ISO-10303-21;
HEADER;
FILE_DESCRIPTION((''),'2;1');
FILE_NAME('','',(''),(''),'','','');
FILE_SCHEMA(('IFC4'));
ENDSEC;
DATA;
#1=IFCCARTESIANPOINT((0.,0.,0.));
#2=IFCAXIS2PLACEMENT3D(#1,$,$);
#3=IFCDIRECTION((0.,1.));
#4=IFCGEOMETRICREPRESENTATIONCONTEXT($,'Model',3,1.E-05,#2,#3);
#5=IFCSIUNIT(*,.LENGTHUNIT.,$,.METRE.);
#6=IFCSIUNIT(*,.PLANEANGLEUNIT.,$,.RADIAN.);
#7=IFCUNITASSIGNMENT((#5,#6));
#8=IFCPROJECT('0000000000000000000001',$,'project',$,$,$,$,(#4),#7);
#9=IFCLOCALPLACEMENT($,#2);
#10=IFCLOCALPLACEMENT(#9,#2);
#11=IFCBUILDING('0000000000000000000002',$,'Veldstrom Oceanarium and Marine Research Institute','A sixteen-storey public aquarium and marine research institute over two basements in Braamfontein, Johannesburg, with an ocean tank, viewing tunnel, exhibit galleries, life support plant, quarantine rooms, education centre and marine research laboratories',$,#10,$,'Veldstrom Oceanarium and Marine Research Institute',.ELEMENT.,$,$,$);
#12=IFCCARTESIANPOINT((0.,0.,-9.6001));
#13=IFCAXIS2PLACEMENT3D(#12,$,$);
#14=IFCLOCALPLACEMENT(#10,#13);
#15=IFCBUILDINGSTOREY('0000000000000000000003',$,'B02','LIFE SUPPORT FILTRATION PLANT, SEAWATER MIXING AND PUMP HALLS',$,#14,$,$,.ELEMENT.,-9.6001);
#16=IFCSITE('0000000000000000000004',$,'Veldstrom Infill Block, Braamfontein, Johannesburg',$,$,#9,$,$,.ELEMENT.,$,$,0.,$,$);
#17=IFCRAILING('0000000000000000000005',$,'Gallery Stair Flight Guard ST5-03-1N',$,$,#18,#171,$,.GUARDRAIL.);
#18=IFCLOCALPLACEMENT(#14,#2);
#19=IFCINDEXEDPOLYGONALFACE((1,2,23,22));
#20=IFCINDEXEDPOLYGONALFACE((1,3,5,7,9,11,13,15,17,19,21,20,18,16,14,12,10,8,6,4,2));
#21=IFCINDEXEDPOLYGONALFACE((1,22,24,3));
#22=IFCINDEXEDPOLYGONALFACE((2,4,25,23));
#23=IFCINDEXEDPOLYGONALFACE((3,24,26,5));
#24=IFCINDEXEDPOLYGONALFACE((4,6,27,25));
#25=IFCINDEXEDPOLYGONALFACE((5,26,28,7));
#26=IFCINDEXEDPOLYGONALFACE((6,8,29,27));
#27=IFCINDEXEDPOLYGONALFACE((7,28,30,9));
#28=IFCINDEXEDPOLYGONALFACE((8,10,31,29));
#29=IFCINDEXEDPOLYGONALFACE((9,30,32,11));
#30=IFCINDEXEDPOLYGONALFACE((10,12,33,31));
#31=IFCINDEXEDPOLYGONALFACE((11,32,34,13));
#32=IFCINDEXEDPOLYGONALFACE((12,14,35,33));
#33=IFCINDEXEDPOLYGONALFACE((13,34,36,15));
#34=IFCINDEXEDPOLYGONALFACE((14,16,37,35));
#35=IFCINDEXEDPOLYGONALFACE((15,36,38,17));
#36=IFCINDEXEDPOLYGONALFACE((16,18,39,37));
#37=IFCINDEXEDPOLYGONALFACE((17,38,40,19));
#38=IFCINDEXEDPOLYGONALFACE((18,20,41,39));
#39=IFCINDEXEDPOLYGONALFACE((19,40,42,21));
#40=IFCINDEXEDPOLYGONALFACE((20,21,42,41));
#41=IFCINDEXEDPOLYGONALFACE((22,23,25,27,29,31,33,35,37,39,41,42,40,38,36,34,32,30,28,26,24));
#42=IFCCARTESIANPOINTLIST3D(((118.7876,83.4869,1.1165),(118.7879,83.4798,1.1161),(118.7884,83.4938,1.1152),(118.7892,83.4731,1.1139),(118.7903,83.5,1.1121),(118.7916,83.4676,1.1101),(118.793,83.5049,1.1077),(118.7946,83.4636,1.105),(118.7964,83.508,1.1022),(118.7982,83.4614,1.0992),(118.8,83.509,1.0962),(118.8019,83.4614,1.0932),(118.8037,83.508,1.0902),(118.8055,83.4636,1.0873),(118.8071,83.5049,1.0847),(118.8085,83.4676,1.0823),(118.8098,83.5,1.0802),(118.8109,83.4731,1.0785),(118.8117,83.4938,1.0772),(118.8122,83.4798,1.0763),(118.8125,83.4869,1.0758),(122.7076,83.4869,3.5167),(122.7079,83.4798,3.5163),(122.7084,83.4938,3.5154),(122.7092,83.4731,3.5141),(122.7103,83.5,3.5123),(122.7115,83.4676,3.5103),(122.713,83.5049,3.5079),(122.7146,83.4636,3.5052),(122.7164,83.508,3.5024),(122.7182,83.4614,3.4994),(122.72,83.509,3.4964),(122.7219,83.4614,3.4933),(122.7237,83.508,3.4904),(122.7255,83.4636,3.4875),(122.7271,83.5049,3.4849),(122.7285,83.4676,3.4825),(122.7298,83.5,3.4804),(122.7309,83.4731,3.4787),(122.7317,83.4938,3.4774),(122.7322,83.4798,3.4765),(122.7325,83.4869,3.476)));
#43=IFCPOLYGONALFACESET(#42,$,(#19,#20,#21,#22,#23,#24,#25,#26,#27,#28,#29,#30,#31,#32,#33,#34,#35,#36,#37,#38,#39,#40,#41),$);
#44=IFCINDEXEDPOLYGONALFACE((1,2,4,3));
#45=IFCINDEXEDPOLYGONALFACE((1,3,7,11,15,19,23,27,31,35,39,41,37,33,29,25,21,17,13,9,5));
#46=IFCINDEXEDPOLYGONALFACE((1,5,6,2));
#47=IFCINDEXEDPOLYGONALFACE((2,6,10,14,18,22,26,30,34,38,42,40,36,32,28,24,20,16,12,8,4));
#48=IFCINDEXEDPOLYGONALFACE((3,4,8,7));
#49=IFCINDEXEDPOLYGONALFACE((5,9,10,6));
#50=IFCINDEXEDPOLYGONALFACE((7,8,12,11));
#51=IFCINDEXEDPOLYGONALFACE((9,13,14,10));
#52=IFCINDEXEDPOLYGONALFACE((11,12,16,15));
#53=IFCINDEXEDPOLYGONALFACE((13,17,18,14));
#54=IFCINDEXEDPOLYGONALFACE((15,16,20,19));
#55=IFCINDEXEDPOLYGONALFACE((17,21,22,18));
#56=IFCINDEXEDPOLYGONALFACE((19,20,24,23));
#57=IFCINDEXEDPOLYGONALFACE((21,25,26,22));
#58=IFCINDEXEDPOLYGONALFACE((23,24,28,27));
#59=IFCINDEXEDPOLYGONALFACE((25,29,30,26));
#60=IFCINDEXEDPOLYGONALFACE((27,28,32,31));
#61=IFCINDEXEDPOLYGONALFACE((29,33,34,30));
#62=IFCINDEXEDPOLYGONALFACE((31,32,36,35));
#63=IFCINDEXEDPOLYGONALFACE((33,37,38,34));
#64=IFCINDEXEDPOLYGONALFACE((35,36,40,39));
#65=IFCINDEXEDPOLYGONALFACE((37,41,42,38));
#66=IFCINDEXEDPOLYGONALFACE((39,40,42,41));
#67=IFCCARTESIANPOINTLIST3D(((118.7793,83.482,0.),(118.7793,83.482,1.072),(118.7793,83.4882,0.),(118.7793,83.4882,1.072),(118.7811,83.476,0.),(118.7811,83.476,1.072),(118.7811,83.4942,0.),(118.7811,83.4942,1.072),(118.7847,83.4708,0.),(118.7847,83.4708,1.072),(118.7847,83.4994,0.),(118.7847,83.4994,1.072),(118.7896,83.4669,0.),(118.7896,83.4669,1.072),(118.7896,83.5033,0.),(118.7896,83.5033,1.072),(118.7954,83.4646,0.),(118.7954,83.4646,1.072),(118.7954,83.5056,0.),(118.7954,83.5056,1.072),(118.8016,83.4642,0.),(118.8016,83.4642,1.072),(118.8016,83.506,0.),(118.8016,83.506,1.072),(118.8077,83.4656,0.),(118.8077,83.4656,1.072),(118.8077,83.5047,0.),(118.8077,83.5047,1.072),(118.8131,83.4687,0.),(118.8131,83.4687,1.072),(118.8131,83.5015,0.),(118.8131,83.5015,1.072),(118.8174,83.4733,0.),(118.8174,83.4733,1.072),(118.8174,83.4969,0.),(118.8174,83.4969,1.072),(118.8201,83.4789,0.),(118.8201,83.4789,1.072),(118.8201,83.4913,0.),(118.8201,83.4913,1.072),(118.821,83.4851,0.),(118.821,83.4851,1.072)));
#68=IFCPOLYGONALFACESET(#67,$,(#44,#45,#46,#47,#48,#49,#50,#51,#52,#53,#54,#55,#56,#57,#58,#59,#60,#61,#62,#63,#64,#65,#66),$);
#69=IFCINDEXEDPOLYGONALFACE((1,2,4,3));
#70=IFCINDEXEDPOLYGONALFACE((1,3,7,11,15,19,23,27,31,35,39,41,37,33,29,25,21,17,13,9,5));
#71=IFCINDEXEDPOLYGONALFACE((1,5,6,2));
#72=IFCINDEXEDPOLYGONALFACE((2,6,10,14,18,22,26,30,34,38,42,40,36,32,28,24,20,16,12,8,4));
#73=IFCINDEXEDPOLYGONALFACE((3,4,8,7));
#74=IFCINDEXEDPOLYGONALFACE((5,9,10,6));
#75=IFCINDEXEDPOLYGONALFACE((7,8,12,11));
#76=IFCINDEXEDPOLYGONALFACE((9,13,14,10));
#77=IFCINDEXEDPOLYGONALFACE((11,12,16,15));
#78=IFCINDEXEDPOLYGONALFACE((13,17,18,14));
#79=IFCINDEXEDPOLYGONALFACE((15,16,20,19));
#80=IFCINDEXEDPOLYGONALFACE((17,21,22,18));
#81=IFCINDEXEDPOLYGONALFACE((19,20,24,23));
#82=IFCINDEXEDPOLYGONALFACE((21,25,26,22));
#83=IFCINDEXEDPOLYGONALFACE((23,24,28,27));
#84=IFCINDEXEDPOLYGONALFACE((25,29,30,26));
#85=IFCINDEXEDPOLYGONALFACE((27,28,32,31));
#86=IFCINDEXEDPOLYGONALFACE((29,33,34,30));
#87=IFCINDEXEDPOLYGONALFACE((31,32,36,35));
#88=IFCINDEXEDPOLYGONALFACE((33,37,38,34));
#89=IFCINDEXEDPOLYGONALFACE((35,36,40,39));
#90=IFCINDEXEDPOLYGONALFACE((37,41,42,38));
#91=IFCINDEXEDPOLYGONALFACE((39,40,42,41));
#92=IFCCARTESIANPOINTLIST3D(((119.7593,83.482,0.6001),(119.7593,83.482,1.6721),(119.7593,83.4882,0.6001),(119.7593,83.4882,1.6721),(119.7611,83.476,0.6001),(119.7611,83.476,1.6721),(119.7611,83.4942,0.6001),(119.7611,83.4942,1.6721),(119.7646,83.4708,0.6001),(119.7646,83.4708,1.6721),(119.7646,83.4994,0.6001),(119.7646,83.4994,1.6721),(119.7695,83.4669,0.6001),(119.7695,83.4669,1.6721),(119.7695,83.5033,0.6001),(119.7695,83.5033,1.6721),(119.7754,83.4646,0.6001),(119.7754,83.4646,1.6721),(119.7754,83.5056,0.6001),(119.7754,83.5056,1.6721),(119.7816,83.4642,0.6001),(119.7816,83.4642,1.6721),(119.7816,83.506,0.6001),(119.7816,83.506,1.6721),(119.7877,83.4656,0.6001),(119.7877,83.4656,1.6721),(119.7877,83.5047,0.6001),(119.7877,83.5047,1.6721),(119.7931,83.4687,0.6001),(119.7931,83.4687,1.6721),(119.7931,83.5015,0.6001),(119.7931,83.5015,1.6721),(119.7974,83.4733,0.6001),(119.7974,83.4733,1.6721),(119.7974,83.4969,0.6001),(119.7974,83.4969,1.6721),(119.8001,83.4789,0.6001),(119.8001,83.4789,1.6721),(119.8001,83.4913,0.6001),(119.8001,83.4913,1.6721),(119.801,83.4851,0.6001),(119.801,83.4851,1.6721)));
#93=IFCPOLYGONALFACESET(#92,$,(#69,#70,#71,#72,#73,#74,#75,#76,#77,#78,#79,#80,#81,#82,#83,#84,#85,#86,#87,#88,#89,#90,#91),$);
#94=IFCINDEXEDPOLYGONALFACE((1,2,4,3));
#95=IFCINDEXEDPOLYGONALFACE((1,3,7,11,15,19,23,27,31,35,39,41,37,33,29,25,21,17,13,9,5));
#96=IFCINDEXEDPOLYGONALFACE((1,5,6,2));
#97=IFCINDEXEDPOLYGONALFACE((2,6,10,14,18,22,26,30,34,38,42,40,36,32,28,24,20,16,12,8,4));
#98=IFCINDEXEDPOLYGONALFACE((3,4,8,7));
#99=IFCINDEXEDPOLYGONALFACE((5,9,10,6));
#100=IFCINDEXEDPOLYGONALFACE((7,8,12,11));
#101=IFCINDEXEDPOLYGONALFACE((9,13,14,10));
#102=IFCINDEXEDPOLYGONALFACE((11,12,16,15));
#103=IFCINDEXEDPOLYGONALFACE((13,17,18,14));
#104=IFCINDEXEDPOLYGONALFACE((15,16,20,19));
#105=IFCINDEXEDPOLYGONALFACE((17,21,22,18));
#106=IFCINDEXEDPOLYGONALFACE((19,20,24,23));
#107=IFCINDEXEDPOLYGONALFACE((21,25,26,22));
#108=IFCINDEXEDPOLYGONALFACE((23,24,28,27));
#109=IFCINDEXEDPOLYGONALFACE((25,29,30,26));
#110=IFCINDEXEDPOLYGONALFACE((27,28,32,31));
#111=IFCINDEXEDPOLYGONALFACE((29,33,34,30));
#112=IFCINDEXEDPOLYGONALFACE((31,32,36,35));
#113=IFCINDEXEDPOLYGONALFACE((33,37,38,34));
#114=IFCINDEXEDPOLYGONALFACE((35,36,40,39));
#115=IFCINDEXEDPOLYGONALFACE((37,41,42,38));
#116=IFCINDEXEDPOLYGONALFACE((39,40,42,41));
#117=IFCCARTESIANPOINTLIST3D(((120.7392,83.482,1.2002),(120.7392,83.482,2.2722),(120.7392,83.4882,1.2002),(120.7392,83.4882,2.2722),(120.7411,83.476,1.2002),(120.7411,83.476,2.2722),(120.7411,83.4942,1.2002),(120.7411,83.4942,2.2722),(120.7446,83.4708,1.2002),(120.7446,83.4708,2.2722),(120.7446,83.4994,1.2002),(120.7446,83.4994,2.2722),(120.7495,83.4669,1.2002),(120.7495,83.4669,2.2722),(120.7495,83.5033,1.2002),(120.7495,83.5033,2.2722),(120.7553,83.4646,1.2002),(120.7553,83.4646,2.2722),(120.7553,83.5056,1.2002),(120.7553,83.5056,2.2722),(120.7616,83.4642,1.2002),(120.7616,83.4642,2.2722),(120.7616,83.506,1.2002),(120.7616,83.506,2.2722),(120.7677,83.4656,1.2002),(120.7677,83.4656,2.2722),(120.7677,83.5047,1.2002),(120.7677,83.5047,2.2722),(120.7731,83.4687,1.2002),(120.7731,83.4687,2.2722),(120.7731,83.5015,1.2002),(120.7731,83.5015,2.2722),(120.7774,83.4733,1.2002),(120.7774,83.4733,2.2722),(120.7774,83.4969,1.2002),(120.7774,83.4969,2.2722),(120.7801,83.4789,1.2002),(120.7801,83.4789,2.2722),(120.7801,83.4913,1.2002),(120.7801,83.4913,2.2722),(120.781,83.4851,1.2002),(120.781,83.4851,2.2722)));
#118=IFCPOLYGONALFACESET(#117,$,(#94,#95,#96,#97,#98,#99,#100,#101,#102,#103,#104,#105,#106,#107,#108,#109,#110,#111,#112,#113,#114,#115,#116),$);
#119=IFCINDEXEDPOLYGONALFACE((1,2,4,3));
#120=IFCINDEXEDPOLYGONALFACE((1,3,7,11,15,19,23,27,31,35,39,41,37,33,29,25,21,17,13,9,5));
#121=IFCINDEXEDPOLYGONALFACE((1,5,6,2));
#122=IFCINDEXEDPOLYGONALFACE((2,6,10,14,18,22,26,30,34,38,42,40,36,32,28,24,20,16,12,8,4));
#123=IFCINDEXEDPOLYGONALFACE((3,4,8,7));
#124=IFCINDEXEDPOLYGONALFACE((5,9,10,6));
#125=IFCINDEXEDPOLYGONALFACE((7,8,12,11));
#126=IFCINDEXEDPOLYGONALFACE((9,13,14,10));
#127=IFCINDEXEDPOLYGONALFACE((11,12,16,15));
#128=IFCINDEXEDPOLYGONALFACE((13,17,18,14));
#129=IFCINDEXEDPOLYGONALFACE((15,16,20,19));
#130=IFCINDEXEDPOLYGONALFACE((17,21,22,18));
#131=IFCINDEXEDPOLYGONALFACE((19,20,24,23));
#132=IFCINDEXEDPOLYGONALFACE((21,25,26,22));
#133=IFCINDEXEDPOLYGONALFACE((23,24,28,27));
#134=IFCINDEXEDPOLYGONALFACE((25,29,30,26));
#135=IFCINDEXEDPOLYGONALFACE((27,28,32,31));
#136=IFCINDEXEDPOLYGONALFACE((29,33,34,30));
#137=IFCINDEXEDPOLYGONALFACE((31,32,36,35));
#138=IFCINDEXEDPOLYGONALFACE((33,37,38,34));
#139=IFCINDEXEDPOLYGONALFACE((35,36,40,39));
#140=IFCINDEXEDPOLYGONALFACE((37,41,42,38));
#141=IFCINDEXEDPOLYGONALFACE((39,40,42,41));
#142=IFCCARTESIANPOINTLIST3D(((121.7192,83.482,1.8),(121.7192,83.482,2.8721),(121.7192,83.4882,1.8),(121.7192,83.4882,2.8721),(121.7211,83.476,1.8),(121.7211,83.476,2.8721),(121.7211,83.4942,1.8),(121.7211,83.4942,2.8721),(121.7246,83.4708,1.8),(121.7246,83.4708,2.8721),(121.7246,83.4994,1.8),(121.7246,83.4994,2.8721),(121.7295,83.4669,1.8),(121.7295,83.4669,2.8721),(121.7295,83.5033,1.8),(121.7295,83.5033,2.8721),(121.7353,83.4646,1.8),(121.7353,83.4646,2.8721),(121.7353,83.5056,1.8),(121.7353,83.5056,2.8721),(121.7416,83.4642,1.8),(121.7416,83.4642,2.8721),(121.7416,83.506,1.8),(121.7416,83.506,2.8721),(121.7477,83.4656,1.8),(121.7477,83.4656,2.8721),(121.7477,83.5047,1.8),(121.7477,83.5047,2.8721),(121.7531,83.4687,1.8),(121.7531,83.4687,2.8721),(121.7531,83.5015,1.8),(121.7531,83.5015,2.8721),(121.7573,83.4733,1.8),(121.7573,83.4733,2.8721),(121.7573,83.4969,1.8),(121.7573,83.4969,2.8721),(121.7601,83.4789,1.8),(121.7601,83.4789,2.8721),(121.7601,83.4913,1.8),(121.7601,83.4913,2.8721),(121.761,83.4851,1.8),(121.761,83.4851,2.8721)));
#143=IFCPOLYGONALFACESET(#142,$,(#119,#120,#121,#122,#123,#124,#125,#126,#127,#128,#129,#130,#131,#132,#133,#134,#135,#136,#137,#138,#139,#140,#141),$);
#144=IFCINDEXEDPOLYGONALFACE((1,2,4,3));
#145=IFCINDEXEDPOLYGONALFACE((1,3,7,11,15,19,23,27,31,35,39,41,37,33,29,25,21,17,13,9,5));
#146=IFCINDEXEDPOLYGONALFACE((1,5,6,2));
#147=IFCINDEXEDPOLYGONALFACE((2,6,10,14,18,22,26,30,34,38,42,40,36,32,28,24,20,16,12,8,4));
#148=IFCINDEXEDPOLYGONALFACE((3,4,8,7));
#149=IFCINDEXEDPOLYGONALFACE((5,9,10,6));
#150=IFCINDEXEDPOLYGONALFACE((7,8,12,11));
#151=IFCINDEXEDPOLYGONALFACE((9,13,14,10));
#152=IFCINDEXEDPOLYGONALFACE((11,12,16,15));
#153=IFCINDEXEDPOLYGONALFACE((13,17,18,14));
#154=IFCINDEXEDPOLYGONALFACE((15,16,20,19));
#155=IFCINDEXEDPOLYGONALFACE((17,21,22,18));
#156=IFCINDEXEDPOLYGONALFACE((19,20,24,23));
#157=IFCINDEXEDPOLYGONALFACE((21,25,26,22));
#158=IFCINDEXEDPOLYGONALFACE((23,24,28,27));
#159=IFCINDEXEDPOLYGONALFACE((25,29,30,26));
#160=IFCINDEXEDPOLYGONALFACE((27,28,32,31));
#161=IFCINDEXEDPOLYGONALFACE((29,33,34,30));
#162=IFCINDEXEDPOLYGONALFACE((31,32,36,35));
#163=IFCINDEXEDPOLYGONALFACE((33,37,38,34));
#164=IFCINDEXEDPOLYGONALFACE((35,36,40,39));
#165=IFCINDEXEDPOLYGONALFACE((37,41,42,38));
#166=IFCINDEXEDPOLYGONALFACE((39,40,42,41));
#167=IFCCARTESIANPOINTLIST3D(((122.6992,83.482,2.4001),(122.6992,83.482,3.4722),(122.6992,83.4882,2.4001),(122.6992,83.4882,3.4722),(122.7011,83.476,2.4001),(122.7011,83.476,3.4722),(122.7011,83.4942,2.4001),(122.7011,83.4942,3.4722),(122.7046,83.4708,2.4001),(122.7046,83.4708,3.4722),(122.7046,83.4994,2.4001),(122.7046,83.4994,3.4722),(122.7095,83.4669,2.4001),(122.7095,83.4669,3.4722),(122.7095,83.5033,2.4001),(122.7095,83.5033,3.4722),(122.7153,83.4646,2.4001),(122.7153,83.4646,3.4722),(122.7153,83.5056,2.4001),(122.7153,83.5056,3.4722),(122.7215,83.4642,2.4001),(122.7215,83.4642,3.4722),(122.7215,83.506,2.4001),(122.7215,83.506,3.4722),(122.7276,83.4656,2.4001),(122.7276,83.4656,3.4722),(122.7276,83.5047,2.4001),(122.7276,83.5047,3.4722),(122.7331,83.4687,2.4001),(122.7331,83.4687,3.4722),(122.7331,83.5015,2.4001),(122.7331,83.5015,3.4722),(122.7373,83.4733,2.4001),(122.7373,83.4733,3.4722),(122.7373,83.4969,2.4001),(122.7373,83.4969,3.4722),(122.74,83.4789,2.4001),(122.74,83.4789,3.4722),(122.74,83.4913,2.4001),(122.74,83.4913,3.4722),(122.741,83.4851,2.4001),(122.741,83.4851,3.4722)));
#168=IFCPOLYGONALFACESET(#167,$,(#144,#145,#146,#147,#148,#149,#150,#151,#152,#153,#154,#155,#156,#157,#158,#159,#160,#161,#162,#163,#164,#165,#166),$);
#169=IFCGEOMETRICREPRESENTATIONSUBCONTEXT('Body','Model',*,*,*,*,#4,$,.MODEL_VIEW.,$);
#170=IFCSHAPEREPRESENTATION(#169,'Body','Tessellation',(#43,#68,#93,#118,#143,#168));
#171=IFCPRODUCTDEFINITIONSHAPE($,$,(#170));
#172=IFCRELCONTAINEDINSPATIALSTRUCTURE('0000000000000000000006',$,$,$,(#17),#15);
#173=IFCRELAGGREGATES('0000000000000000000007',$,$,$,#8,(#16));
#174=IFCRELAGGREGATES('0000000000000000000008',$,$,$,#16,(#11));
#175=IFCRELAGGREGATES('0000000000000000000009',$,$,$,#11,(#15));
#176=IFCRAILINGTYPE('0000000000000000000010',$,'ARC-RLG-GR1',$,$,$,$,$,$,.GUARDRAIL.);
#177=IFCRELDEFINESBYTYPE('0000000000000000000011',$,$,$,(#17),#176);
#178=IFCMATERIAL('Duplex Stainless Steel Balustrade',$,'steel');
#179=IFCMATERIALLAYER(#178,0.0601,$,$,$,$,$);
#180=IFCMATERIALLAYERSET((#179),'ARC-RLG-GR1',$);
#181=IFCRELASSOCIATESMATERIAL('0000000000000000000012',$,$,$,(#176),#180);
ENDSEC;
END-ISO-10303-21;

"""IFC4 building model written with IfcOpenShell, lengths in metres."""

from ifc_helpers import new_model, si_unit, direction, frame, origin, origin_2d, place, context, subcontext, project, spatial, circle, extrude, material, layer, layer_set, type_object, element, save


model = new_model("IFC4")

# Units and contexts
model_context = context("Model", 3, precision=1e-05, world=origin(), true_north=direction((0.0, 1.0)))
body_context = subcontext(model_context, "Body", "Model", "MODEL_VIEW")
ifc_project = project(units=[si_unit("LENGTHUNIT", "METRE"), si_unit("PLANEANGLEUNIT", "RADIAN")], contexts=[model_context])

# Site, building, storey
site_placement = place(None, origin())
site = spatial("IfcSite", under=ifc_project, at=site_placement, Name="Veldstrom Infill Block, Braamfontein, Johannesburg", CompositionType="ELEMENT", RefElevation=0.0)
building_placement = place(site_placement, origin())
building = spatial("IfcBuilding", under=site, at=building_placement, Name="Veldstrom Oceanarium and Marine Research Institute", Description="A sixteen-storey public aquarium and marine research institute over two basements in Braamfontein, Johannesburg, with an ocean tank, viewing tunnel, exhibit galleries, life support plant, quarantine rooms, education centre and marine research laboratories", LongName="Veldstrom Oceanarium and Marine Research Institute", CompositionType="ELEMENT")
storey_placement = place(building_placement, frame((0.0, 0.0, -9.6001)))
storey = spatial("IfcBuildingStorey", under=building, at=storey_placement, Name="B02", Description="LIFE SUPPORT FILTRATION PLANT, SEAWATER MIXING AND PUMP HALLS", CompositionType="ELEMENT", Elevation=-9.6001)

# Railing
ifc_material_1 = material(Name="Duplex Stainless Steel Balustrade", Category="steel")
ifc_layer_1 = layer(ifc_material_1, 0.0601)
ifc_layer_set_1 = layer_set([ifc_layer_1], Name="ARC-RLG-GR1")
railing_type = type_object("IfcRailingType", Name="ARC-RLG-GR1", PredefinedType="GUARDRAIL", material=ifc_layer_set_1)
railing_1_placement = place(storey_placement, frame((118.8, 83.4851, 0.0)))
element("IfcRailing", 1, at=railing_1_placement, inside=storey, type_object=railing_type, Name="Gallery Stair Flight Guard ST5-03-1N", PredefinedType="GUARDRAIL", context=body_context, shape_type="SweptSolid", body=[
    extrude(circle(Radius=0.0239, at=origin_2d()), frame((0.0, 0.0, 1.0962), z_axis=(0.852832, 0.0, 0.522185), x_axis=(0.0, 1.0, 0.0)), (0.0, 0.0, 1.0), 4.5964),
    extrude(circle(Radius=0.021, at=origin_2d()), origin(), (0.0, 0.0, 1.0), 1.072),
    extrude(circle(Radius=0.021, at=origin_2d()), frame((0.98, 0.0, 0.6001)), (0.0, 0.0, 1.0), 1.072),
    extrude(circle(Radius=0.021, at=origin_2d()), frame((1.96, 0.0, 1.2002)), (0.0, 0.0, 1.0), 1.072),
    extrude(circle(Radius=0.021, at=origin_2d()), frame((2.9399, 0.0, 1.8)), (0.0, 0.0, 1.0), 1.072),
    extrude(circle(Radius=0.021, at=origin_2d()), frame((3.9199, 0.0, 2.4001)), (0.0, 0.0, 1.0), 1.072),
])

save(model, "model.ifc")
